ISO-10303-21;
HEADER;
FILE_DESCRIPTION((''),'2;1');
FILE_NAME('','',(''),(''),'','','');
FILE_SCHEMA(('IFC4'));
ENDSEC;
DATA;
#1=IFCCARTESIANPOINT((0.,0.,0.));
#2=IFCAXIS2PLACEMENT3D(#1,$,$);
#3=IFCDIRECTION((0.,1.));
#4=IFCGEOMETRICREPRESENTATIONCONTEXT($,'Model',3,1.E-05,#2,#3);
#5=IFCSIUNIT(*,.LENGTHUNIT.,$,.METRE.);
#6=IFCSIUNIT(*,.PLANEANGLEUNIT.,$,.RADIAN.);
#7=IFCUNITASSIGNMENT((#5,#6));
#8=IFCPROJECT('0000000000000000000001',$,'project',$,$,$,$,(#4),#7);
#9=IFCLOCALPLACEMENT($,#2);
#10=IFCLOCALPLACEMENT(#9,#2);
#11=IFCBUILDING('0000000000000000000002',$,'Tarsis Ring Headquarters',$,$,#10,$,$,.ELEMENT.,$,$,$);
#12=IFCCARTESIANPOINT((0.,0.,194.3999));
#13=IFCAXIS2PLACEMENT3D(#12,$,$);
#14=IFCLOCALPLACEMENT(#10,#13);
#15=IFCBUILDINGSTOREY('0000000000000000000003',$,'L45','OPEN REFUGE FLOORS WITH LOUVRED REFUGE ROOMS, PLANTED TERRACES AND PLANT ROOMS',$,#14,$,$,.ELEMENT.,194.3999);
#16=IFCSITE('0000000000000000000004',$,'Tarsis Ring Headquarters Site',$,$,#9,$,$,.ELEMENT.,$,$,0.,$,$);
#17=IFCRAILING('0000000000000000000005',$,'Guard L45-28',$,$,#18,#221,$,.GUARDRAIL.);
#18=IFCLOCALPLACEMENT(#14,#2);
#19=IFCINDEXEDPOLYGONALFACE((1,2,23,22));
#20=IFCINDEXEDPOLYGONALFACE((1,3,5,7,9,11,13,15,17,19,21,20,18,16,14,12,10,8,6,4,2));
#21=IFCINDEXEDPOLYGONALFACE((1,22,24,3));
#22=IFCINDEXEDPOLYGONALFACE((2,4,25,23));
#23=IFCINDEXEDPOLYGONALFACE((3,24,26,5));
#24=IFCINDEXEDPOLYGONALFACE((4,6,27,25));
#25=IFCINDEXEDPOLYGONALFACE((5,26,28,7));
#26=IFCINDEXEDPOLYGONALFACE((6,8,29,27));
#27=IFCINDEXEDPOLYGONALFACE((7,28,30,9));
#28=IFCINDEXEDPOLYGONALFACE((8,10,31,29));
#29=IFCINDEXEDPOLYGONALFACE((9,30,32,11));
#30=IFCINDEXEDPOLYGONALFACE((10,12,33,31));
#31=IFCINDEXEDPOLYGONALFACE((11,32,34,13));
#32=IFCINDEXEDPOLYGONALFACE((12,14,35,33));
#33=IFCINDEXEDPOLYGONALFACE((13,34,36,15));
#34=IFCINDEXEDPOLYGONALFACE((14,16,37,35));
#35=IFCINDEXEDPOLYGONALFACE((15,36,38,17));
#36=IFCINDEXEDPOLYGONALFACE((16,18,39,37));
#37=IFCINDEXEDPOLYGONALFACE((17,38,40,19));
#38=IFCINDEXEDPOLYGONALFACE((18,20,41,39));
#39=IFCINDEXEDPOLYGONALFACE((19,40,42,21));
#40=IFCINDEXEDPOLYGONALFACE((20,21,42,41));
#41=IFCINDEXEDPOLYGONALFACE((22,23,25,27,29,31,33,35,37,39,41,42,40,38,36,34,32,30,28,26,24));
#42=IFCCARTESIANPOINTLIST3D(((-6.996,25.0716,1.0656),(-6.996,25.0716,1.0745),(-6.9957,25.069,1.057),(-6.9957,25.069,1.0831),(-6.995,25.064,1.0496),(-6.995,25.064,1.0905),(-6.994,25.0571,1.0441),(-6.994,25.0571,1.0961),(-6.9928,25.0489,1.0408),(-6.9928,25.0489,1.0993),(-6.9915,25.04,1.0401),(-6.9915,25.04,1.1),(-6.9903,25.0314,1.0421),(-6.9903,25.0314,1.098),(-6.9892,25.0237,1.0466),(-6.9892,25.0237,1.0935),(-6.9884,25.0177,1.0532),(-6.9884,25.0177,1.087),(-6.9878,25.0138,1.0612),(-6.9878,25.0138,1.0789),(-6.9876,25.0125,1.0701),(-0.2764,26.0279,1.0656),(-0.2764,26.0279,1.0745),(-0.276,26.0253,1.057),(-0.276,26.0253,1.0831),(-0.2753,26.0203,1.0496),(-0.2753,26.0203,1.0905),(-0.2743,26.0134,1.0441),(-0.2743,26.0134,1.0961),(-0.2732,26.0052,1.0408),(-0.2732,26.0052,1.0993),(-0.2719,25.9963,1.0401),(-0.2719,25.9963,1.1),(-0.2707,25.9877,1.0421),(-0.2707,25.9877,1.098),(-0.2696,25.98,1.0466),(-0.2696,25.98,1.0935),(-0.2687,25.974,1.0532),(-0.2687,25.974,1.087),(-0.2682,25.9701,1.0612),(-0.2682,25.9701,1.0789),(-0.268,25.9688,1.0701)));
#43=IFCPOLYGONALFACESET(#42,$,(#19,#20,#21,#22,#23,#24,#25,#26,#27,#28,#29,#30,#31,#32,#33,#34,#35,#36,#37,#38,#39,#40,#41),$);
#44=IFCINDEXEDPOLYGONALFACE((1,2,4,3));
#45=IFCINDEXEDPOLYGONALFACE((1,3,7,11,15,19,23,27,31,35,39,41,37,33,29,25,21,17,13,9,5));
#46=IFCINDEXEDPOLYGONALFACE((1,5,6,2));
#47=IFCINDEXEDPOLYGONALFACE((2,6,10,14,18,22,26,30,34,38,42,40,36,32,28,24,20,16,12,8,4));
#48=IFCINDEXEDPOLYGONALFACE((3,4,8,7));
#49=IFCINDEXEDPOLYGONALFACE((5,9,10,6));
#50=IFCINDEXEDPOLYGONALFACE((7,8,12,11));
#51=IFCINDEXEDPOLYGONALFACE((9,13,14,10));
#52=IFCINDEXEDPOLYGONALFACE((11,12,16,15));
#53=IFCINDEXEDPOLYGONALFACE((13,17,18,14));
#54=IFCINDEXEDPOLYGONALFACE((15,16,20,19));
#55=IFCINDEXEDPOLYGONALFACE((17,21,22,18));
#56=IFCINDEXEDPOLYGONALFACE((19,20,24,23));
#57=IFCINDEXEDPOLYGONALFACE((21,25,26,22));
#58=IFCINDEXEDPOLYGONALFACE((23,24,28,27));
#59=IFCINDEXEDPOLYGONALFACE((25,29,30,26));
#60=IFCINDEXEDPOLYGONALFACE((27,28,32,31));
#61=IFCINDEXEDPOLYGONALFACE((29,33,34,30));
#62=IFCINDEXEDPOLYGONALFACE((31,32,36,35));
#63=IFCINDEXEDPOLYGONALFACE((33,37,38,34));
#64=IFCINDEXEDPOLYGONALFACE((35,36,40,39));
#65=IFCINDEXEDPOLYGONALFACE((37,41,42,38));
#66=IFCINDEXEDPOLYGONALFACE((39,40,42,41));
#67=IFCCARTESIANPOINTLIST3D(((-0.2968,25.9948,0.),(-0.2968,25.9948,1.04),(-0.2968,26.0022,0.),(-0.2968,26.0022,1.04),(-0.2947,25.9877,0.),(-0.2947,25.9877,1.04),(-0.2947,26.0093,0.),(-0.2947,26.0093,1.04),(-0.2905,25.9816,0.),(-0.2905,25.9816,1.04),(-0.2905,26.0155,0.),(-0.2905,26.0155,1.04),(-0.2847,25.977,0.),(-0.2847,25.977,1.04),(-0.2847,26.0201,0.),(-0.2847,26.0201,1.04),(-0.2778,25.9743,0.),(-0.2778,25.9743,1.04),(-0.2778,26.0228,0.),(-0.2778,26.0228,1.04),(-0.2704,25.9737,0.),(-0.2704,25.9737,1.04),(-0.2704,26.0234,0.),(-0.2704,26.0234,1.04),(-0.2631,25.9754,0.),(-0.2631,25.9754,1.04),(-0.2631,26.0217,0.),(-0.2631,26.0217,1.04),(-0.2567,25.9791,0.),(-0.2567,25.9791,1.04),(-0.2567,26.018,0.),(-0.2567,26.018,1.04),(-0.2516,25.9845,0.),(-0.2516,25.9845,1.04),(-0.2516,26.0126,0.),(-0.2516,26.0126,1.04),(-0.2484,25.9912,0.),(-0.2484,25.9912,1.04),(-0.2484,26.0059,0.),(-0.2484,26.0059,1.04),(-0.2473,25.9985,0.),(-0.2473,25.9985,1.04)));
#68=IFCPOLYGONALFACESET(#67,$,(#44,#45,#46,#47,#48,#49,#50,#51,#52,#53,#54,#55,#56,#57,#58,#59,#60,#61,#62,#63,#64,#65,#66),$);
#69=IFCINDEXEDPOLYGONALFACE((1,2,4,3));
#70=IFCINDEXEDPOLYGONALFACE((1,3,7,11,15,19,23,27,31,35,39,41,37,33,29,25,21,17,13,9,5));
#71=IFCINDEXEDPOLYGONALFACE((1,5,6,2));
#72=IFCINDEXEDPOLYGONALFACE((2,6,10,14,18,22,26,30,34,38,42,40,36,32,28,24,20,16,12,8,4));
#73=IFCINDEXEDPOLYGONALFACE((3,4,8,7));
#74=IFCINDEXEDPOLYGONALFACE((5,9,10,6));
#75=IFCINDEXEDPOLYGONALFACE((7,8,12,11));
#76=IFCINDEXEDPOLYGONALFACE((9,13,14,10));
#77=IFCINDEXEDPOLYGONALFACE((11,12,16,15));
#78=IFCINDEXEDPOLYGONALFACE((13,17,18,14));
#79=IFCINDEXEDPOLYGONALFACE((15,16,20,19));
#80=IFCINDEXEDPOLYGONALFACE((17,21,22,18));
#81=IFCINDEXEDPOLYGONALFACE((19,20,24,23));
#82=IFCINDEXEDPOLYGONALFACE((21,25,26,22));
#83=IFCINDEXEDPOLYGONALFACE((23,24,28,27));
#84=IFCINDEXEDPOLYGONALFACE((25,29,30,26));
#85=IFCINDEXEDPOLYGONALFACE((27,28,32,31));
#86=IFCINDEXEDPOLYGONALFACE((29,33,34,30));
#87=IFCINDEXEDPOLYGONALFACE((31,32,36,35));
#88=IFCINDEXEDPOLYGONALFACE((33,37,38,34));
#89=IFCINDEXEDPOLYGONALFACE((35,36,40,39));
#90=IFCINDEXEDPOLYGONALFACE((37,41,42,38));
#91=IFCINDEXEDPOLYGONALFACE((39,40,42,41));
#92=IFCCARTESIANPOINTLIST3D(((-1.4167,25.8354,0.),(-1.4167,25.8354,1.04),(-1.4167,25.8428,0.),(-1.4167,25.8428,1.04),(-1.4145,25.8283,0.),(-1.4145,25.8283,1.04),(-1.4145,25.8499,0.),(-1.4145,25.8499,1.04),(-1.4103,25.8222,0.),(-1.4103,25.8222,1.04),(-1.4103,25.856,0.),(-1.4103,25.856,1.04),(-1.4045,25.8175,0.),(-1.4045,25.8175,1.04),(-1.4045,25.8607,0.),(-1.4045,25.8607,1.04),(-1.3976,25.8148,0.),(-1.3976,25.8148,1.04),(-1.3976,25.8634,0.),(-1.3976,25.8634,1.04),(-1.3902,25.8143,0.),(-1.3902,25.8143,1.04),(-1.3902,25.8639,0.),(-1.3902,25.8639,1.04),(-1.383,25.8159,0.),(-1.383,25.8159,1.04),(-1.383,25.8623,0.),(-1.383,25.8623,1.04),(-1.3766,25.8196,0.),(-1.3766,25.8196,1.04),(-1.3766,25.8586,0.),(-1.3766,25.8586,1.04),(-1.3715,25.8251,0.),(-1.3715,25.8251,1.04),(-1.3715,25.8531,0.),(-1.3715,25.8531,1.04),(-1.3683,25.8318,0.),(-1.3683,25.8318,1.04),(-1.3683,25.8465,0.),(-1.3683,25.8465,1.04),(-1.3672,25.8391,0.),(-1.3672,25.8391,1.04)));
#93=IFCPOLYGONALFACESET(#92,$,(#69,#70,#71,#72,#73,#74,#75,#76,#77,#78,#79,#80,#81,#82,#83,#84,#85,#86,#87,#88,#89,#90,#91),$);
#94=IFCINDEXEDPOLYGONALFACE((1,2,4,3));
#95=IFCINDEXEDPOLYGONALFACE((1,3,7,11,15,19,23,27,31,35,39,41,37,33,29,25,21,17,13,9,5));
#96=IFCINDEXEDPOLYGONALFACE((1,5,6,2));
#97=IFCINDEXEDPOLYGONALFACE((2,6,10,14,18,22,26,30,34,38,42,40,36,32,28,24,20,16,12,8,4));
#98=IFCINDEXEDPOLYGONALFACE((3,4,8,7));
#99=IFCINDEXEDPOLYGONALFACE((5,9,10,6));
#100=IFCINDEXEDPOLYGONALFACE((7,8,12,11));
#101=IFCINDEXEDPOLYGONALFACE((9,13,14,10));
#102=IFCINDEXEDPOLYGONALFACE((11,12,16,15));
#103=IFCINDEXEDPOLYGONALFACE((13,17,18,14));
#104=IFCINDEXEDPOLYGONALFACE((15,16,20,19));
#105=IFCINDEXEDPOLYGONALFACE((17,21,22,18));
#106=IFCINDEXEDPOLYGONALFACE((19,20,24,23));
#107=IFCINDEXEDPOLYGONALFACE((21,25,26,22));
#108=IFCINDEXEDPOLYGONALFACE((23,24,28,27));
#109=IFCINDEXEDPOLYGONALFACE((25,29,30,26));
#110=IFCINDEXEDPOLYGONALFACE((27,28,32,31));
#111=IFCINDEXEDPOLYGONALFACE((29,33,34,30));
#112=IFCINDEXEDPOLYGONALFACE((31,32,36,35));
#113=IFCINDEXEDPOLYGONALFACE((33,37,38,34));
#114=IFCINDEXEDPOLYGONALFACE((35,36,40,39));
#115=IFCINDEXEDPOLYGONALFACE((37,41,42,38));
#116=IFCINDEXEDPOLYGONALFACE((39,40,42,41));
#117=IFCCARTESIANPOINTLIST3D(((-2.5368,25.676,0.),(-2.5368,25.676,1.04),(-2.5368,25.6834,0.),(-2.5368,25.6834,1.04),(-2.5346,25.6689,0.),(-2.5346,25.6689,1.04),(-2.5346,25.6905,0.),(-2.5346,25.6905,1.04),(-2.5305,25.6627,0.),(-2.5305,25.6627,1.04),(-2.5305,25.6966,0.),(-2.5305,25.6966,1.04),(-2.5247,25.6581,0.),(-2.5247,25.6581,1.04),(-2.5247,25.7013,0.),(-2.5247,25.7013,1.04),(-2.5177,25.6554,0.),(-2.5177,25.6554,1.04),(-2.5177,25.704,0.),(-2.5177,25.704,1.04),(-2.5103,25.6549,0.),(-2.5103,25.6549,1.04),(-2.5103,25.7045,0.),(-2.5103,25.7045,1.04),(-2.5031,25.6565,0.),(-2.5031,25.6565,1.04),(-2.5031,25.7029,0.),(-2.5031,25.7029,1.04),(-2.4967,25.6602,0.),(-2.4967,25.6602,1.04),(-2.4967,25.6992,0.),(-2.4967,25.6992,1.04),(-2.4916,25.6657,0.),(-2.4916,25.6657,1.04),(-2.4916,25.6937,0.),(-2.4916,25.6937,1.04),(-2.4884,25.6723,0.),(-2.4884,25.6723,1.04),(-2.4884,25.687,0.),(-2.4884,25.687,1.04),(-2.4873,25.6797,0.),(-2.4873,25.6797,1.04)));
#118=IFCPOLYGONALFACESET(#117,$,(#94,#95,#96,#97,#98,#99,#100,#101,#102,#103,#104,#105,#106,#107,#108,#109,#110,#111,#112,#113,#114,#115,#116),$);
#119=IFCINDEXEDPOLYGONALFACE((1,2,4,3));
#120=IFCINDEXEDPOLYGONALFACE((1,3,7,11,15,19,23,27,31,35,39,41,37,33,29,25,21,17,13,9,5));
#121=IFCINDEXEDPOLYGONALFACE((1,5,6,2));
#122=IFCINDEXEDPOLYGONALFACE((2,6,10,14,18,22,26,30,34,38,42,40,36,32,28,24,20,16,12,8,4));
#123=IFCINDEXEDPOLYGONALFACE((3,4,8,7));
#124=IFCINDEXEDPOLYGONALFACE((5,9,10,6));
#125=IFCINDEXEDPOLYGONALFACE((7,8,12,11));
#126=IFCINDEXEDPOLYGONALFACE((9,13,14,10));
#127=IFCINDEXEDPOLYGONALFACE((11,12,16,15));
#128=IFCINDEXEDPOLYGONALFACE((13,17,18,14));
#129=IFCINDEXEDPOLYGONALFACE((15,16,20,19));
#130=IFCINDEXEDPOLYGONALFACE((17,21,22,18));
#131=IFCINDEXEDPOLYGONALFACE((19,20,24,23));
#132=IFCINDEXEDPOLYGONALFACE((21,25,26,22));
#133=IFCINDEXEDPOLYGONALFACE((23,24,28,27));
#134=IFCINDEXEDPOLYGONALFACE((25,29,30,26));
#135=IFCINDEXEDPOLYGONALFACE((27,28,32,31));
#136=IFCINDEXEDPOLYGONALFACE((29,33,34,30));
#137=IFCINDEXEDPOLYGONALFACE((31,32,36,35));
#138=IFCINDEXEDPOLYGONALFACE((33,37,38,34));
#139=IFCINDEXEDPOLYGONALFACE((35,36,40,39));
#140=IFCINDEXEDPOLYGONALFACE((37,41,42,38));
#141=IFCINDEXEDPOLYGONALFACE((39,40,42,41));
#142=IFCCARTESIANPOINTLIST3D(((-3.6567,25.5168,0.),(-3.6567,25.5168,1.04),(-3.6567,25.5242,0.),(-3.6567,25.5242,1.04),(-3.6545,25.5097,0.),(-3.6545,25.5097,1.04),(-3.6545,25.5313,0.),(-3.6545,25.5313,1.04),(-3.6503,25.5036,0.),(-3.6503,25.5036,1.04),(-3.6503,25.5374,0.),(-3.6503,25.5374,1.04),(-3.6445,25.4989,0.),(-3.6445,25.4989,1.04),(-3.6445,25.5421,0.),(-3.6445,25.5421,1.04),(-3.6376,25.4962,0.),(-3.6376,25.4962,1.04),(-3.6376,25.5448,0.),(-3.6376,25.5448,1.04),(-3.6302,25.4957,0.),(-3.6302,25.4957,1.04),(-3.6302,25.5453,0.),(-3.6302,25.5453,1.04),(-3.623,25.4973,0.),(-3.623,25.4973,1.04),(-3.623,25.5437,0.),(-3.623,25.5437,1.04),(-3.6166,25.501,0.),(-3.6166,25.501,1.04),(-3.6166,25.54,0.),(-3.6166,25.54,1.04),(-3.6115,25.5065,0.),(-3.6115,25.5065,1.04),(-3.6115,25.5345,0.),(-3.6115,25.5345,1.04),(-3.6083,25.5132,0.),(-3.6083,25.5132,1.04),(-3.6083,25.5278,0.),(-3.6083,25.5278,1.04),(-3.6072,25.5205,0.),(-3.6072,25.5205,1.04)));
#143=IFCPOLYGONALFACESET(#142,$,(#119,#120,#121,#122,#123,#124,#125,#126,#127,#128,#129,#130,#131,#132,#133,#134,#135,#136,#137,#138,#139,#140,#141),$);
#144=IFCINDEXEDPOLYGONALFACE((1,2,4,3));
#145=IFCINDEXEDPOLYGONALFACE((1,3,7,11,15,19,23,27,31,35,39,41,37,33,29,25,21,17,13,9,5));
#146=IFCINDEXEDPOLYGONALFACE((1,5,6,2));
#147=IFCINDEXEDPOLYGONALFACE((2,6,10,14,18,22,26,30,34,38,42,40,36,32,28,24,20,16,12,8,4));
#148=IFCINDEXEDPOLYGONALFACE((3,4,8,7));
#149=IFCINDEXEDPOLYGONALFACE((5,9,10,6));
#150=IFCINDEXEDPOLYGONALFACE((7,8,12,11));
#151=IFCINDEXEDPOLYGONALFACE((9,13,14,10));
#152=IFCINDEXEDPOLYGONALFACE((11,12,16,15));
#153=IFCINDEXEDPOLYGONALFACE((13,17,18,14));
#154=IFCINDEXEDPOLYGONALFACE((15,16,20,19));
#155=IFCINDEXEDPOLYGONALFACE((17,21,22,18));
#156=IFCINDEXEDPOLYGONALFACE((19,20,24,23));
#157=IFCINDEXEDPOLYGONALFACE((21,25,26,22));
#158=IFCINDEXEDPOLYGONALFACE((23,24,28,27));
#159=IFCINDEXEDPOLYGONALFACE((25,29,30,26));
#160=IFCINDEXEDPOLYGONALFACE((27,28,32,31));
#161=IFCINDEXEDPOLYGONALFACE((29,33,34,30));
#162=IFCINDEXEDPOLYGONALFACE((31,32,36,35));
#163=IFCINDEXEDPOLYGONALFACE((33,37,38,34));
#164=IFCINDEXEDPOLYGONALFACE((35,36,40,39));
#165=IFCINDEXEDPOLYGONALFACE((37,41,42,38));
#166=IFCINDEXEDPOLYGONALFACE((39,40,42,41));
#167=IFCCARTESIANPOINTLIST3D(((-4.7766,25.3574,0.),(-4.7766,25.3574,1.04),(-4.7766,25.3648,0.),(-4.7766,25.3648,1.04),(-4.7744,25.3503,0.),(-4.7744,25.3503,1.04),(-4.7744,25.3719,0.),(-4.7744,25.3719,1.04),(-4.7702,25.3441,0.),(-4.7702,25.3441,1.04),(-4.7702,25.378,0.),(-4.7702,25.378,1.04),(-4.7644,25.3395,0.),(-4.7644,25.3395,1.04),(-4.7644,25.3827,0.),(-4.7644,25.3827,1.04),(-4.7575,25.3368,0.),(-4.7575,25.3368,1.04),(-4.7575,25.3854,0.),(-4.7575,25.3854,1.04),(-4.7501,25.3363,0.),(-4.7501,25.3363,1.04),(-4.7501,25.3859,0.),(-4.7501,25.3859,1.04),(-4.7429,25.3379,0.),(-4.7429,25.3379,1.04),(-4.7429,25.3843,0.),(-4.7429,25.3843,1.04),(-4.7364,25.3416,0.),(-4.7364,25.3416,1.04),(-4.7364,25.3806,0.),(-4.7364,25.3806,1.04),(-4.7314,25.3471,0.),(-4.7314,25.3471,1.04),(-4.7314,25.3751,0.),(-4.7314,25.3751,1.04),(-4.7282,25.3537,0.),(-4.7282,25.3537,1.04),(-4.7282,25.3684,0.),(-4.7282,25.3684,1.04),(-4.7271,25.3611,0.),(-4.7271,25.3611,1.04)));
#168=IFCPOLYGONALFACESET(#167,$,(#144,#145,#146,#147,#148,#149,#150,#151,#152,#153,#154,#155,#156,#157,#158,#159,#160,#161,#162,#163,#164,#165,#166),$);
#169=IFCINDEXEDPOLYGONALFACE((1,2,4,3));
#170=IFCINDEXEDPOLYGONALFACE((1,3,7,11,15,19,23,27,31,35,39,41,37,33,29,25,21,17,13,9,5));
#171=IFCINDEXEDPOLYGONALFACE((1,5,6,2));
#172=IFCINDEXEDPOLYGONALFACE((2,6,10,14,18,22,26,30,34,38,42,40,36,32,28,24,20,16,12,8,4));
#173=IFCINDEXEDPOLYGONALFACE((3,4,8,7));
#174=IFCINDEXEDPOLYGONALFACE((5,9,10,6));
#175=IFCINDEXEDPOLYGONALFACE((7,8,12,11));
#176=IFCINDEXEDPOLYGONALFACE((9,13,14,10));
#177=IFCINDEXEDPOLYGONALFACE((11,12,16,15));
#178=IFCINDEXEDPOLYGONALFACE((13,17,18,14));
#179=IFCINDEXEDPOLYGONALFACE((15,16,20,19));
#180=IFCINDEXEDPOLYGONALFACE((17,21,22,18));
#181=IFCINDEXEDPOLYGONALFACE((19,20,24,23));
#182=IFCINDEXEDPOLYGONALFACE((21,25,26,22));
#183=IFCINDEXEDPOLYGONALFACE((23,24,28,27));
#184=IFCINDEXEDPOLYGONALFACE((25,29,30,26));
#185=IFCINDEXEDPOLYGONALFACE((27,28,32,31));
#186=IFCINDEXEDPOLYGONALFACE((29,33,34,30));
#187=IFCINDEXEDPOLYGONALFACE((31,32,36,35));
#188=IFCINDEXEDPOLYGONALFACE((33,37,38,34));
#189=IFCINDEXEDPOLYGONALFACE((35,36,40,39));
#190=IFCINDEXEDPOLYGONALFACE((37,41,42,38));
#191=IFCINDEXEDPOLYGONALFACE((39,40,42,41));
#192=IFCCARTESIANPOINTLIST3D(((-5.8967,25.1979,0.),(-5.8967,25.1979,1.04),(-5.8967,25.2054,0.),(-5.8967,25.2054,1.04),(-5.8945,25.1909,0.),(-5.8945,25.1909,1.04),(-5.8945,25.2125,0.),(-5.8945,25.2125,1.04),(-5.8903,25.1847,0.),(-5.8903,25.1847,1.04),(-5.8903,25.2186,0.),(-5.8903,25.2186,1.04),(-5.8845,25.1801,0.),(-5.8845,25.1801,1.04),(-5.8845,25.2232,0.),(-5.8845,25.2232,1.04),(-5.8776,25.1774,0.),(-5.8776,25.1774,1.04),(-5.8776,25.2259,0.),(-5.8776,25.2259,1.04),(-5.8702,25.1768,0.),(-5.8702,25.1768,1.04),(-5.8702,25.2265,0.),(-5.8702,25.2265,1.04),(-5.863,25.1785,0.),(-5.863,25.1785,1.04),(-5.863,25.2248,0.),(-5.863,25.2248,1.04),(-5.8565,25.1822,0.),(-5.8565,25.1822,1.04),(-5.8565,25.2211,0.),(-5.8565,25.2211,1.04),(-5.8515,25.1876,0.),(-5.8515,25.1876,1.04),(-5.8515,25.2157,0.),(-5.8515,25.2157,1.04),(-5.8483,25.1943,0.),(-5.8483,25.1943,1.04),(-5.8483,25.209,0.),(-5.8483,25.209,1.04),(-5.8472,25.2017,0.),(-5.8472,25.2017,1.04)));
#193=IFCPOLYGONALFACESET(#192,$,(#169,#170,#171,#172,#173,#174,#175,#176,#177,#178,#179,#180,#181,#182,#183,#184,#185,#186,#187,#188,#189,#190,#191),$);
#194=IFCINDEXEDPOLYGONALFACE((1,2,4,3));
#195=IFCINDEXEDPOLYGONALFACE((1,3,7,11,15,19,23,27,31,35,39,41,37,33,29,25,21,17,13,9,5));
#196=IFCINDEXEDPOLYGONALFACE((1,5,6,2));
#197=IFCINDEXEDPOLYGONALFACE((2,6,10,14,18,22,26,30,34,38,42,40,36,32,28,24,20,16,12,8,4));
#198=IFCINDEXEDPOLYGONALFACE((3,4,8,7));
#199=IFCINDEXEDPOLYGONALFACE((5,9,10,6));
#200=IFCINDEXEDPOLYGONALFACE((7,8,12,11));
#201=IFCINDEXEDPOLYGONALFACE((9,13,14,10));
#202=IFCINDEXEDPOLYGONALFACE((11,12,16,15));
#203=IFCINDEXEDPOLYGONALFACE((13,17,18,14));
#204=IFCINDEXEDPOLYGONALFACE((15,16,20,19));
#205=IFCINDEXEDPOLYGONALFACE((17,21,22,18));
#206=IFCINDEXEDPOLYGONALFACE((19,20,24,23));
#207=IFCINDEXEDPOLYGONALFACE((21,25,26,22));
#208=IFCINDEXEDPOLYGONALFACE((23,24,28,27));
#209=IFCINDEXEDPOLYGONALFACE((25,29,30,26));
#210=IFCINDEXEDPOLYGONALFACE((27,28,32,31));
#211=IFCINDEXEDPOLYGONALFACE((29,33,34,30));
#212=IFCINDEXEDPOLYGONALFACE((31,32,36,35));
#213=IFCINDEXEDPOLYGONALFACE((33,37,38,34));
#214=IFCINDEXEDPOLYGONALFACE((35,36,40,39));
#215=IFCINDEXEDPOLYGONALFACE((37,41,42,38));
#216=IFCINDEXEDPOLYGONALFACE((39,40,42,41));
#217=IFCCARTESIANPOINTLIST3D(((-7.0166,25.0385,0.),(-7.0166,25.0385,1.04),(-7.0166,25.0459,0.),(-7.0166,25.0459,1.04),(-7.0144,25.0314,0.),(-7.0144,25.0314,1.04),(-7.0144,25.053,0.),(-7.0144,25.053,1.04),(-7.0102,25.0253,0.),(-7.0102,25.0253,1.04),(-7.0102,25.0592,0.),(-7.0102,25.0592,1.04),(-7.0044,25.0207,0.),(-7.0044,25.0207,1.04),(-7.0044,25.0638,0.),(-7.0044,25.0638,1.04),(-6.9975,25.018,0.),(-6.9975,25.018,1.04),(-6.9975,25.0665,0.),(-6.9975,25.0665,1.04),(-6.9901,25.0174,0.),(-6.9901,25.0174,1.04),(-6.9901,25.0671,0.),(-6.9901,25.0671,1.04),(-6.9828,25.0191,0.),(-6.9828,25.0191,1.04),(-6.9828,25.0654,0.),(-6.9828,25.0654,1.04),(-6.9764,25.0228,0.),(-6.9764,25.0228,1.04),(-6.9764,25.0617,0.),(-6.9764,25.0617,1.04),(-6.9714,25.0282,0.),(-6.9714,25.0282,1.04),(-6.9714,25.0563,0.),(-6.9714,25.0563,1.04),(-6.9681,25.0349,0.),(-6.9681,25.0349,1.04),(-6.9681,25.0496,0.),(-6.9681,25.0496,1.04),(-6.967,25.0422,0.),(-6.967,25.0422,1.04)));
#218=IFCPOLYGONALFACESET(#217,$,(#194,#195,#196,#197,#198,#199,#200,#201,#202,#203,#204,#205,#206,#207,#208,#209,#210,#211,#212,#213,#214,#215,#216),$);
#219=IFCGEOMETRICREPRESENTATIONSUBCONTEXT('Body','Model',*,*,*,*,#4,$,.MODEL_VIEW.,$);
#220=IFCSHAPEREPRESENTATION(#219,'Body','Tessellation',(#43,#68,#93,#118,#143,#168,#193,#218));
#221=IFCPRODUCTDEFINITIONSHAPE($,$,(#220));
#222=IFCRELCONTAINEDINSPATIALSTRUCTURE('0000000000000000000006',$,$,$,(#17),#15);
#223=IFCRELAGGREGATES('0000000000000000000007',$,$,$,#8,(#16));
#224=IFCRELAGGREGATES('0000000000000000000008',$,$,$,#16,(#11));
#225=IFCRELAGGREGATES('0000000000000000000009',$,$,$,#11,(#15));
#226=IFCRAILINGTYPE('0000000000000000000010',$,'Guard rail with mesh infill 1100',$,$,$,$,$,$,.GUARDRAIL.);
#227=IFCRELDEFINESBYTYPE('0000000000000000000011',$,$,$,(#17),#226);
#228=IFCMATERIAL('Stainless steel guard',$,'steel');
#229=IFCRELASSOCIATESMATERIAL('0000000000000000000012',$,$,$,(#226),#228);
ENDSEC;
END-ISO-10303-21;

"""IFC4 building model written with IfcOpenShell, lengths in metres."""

from ifc_helpers import new_model, si_unit, direction, frame, origin, origin_2d, place, context, subcontext, project, spatial, circle, extrude, material, type_object, element, save


model = new_model("IFC4")

# Units and contexts
model_context = context("Model", 3, precision=1e-05, world=origin(), true_north=direction((0.0, 1.0)))
body_context = subcontext(model_context, "Body", "Model", "MODEL_VIEW")
ifc_project = project(units=[si_unit("LENGTHUNIT", "METRE"), si_unit("PLANEANGLEUNIT", "RADIAN")], contexts=[model_context])

# Site, building, storey
site_placement = place(None, origin())
site = spatial("IfcSite", under=ifc_project, at=site_placement, Name="Tarsis Ring Headquarters Site", CompositionType="ELEMENT", RefElevation=0.0)
building_placement = place(site_placement, origin())
building = spatial("IfcBuilding", under=site, at=building_placement, Name="Tarsis Ring Headquarters", CompositionType="ELEMENT")
storey_placement = place(building_placement, frame((0.0, 0.0, 194.3999)))
storey = spatial("IfcBuildingStorey", under=building, at=storey_placement, Name="L45", Description="OPEN REFUGE FLOORS WITH LOUVRED REFUGE ROOMS, PLANTED TERRACES AND PLANT ROOMS", CompositionType="ELEMENT", Elevation=194.3999)

# Railing
ifc_material_1 = material(Name="Stainless steel guard", Category="steel")
railing_type_1 = type_object("IfcRailingType", Name="Guard rail with mesh infill 1100", PredefinedType="GUARDRAIL", material=ifc_material_1)
railing_1_placement = place(storey_placement, frame((-0.2722, 25.9985, 0.0)))
element("IfcRailing", 1, at=railing_1_placement, inside=storey, type_object=railing_type_1, Name="Guard L45-28", PredefinedType="GUARDRAIL", context=body_context, shape_type="SweptSolid", body=[
    extrude(circle(Radius=0.03, at=origin_2d()), frame((0.0, 0.0, 1.0701), z_axis=(-0.990025, -0.140893, 0.0), x_axis=(0.140893, -0.990025, 0.0)), (0.0, 0.0, 1.0), 6.7874),
    extrude(circle(Radius=0.0249, at=origin_2d()), origin(), (0.0, 0.0, 1.0), 1.04),
    extrude(circle(Radius=0.0249, at=origin_2d()), frame((-1.1199, -0.1594, 0.0)), (0.0, 0.0, 1.0), 1.04),
    extrude(circle(Radius=0.0249, at=origin_2d()), frame((-2.24, -0.3188, 0.0)), (0.0, 0.0, 1.0), 1.04),
    extrude(circle(Radius=0.0249, at=origin_2d()), frame((-3.3599, -0.478, 0.0)), (0.0, 0.0, 1.0), 1.04),
    extrude(circle(Radius=0.0249, at=origin_2d()), frame((-4.4797, -0.6375, 0.0)), (0.0, 0.0, 1.0), 1.04),
    extrude(circle(Radius=0.0249, at=origin_2d()), frame((-5.5999, -0.7969, 0.0)), (0.0, 0.0, 1.0), 1.04),
    extrude(circle(Radius=0.0249, at=origin_2d()), frame((-6.7197, -0.9563, 0.0)), (0.0, 0.0, 1.0), 1.04),
])

save(model, "model.ifc")
